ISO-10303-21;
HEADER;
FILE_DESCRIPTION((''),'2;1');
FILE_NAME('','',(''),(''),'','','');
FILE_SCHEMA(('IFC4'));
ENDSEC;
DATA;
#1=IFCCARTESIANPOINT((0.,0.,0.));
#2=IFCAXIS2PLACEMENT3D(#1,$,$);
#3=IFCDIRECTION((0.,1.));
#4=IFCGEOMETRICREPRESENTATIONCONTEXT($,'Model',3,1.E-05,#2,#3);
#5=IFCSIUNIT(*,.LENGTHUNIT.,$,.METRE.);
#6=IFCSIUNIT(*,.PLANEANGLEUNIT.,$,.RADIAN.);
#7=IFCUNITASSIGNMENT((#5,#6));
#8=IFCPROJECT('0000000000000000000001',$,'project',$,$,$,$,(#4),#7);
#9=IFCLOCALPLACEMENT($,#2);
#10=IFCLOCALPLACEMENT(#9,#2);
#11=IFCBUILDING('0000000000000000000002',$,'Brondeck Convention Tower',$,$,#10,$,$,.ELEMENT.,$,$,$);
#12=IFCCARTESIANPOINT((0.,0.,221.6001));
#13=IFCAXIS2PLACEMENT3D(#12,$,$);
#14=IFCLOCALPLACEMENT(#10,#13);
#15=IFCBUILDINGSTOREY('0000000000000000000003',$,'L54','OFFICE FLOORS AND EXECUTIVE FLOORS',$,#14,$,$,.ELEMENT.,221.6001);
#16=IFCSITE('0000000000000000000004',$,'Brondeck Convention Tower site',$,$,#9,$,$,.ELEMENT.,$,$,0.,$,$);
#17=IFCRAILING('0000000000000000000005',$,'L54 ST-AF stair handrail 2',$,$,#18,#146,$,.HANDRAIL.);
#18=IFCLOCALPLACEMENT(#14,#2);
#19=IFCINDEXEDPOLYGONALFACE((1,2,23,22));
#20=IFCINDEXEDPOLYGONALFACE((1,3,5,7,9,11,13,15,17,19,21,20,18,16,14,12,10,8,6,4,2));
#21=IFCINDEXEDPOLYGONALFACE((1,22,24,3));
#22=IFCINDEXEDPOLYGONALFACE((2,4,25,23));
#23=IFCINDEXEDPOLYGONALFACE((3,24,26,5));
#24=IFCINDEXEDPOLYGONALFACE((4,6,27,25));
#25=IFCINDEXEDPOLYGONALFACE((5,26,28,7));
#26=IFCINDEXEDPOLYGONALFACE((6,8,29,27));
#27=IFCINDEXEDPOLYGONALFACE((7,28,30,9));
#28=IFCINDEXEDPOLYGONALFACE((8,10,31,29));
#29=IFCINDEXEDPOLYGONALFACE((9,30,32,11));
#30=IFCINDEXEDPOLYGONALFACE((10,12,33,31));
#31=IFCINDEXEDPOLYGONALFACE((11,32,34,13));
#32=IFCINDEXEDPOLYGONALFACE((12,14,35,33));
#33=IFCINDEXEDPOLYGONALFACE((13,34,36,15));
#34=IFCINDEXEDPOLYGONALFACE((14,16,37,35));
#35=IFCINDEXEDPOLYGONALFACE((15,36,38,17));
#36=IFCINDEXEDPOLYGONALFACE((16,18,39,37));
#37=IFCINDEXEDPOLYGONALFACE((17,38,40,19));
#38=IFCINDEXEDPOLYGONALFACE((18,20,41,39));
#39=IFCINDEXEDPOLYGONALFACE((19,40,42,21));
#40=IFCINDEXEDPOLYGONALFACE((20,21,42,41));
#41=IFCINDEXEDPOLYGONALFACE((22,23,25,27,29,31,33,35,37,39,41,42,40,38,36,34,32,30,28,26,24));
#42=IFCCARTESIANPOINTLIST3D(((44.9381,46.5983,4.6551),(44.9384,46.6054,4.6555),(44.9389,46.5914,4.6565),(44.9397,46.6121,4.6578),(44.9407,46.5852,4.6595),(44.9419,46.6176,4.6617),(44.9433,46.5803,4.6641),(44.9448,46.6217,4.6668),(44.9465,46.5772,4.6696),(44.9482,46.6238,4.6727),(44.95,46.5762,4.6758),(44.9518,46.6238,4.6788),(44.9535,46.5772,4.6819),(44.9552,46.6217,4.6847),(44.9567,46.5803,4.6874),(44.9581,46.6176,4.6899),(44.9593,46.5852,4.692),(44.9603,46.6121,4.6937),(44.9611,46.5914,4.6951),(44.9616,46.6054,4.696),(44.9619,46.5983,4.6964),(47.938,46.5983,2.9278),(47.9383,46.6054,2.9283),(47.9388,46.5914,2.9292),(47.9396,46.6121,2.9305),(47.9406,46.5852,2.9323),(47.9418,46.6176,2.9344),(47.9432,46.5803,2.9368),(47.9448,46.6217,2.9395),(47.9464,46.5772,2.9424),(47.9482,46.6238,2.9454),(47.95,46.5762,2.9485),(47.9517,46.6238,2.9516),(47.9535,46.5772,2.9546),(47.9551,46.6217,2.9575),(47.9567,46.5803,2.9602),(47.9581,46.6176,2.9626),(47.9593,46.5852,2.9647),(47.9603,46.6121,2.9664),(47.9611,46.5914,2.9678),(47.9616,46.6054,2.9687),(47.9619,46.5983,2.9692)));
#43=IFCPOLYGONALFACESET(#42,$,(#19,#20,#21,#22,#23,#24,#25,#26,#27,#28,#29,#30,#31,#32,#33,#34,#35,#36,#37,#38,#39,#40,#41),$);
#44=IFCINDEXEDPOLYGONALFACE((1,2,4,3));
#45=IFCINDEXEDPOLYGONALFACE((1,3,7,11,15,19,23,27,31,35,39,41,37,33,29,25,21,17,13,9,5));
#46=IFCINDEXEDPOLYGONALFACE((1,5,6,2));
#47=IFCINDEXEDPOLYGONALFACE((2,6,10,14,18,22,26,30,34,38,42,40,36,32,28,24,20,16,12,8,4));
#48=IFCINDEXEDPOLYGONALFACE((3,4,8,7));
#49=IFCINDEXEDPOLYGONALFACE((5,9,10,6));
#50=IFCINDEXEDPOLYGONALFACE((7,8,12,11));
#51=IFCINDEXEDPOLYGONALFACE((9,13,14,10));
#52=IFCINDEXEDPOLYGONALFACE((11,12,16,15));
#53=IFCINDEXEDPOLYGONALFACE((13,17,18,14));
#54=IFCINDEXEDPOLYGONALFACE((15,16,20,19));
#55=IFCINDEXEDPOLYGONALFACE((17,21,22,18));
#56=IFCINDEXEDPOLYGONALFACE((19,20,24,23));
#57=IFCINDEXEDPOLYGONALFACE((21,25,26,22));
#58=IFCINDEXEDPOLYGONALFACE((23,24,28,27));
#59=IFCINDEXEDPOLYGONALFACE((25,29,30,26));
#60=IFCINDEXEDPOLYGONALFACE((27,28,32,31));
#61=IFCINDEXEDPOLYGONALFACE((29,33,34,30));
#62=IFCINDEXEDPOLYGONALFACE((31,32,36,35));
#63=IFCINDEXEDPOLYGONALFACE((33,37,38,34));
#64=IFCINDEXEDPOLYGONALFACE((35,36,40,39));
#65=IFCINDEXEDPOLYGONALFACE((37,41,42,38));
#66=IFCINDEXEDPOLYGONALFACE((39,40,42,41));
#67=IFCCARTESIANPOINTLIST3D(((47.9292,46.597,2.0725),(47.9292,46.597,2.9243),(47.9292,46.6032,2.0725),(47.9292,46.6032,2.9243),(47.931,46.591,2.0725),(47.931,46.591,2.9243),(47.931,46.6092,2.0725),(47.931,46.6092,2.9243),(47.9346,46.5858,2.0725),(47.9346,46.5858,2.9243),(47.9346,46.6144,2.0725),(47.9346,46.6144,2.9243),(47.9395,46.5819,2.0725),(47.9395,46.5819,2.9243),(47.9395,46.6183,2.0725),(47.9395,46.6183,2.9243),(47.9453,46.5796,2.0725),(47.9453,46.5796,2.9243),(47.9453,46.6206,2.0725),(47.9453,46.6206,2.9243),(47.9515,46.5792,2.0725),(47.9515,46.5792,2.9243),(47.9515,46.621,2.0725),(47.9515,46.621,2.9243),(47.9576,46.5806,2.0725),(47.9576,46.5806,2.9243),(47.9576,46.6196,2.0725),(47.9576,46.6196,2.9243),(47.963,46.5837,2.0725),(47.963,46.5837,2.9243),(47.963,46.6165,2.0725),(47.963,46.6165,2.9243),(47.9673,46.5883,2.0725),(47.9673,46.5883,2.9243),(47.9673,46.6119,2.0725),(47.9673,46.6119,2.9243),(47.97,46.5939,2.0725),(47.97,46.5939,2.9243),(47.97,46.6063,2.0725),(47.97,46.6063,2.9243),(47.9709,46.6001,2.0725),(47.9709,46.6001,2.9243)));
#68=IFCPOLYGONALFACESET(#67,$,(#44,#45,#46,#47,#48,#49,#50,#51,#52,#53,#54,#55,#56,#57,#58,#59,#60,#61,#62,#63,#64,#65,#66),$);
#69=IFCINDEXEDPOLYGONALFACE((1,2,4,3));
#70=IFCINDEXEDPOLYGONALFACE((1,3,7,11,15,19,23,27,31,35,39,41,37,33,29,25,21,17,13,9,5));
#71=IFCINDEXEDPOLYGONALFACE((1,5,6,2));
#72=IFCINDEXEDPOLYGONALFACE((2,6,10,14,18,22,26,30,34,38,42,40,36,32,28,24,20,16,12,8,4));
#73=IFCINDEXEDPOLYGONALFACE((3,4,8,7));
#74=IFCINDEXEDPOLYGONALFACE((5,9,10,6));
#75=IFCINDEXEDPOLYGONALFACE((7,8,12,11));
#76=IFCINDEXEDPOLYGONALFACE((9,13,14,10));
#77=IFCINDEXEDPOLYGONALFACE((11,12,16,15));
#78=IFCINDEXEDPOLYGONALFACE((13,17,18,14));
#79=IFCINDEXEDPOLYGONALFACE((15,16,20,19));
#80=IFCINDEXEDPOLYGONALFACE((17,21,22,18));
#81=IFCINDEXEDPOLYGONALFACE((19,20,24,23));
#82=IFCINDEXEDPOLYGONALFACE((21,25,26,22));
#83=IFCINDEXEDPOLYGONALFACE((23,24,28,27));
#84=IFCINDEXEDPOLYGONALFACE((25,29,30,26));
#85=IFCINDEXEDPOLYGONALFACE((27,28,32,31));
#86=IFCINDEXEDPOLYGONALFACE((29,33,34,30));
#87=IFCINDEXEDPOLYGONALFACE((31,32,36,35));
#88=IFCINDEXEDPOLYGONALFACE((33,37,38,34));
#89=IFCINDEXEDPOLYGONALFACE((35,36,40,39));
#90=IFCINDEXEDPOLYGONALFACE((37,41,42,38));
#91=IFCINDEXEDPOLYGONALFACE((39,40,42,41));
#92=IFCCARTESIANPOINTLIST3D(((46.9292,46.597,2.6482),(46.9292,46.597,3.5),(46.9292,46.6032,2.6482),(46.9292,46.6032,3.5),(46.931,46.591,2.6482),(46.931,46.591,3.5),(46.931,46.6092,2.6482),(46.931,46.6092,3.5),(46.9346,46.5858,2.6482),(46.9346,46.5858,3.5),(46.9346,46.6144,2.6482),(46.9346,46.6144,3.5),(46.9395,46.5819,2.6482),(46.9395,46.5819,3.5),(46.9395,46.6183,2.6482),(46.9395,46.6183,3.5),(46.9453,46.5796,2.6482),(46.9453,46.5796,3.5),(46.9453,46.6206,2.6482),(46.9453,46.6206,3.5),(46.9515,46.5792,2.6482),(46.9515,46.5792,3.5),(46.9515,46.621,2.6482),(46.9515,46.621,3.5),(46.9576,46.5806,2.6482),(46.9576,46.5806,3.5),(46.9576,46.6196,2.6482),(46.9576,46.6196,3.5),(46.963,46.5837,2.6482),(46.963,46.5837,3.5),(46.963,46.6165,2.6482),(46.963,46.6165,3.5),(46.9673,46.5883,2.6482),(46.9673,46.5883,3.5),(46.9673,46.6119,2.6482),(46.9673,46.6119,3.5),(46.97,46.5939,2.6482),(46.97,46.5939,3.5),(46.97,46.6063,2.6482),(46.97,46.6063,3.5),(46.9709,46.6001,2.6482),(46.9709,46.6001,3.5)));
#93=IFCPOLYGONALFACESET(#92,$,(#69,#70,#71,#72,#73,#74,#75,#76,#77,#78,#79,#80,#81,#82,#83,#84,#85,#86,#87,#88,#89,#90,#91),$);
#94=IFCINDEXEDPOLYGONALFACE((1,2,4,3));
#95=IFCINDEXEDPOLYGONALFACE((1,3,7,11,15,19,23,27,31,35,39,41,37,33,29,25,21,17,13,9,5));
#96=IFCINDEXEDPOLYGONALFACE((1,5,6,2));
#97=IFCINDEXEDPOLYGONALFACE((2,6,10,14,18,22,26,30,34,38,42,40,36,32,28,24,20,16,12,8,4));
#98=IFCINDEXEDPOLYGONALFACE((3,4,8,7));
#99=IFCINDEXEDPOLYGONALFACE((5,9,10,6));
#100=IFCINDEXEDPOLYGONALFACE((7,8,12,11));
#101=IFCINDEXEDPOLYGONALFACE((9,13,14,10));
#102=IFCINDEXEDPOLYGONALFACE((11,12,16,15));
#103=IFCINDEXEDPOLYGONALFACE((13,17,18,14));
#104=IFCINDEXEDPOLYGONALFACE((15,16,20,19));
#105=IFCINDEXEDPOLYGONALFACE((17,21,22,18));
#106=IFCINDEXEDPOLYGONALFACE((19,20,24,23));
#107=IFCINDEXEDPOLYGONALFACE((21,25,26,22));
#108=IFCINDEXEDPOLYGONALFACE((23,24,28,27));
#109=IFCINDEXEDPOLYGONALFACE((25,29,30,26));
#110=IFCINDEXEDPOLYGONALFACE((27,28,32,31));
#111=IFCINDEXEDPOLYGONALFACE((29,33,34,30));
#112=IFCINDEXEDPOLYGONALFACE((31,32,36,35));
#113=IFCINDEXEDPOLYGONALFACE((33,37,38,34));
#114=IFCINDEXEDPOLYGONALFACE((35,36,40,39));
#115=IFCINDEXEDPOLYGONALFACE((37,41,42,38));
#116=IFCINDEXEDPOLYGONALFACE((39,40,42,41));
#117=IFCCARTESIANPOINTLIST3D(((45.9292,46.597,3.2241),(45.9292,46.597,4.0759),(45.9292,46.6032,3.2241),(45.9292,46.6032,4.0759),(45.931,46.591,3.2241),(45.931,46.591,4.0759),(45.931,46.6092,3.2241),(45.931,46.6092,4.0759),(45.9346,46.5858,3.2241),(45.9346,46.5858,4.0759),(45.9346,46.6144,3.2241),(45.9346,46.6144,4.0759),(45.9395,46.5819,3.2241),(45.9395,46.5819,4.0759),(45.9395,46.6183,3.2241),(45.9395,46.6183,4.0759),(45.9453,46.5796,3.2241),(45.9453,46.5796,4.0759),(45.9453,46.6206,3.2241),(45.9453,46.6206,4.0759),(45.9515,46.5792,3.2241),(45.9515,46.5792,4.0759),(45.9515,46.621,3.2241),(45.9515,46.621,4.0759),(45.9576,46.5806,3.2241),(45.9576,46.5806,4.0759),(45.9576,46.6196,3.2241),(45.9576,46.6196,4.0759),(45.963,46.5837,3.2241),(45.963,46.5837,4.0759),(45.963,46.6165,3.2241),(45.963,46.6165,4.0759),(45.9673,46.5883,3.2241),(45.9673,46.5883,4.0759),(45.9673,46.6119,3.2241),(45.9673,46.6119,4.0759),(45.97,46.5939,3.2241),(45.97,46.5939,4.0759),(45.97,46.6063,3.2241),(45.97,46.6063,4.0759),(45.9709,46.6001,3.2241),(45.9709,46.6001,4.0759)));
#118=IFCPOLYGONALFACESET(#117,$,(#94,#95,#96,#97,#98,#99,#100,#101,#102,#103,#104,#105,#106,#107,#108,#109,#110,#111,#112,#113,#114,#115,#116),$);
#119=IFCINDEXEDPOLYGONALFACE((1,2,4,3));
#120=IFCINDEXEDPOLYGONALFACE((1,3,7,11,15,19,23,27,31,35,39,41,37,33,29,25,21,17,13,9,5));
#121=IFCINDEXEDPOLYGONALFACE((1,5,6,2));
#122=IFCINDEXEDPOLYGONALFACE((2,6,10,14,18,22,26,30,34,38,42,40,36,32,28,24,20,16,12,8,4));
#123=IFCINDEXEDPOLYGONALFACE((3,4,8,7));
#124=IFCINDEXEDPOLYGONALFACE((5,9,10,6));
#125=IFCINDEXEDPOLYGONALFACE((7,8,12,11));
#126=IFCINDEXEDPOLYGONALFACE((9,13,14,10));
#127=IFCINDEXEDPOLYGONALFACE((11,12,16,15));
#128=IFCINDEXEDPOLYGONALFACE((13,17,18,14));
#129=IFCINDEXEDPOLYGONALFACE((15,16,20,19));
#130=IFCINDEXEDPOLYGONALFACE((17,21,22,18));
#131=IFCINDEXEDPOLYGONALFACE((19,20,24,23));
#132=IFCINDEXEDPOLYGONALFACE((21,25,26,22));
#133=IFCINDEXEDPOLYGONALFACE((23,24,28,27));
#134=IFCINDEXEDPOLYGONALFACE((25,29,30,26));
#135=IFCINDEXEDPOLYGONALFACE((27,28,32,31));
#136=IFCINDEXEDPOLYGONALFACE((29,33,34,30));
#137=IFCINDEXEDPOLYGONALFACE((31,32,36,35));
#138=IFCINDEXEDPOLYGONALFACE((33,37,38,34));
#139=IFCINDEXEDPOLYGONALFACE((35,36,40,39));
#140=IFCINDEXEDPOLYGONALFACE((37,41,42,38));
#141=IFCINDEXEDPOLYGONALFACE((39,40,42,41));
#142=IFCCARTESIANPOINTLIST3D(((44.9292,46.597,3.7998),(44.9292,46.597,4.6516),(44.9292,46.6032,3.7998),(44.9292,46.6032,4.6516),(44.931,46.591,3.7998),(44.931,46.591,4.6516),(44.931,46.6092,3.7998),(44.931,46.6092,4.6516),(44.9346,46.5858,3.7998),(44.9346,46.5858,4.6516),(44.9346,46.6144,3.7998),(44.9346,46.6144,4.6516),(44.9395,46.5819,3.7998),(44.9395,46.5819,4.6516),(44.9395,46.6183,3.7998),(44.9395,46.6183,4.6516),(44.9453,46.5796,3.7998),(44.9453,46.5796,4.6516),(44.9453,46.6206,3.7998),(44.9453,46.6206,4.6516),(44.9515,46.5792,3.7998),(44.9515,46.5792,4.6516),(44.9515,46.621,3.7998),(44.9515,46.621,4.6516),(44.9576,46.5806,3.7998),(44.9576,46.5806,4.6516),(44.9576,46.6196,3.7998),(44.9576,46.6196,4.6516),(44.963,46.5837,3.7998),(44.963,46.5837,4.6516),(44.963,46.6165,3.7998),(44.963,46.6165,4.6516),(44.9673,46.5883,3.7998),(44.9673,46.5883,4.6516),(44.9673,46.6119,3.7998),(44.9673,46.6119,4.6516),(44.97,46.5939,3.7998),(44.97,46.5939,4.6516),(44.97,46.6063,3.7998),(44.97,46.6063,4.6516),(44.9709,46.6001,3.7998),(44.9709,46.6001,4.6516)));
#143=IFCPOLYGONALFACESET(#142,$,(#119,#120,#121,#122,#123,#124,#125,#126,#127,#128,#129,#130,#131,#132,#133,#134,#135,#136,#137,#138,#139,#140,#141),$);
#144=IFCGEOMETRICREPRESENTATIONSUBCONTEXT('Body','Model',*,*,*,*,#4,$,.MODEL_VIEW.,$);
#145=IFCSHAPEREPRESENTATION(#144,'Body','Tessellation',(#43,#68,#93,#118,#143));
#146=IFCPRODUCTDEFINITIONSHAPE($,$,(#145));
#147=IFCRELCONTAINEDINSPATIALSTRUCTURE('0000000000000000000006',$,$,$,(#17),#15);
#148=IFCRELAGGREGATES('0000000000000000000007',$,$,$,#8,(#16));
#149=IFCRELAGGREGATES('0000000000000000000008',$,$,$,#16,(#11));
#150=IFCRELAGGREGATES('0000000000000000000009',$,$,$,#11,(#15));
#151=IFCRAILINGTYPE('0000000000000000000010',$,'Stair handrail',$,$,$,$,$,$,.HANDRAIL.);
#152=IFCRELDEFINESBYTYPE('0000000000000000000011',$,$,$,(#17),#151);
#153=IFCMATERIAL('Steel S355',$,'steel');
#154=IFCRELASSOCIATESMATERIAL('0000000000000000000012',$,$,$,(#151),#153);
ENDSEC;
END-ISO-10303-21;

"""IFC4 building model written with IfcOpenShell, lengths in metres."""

from ifc_helpers import new_model, si_unit, direction, frame, origin, origin_2d, place, context, subcontext, project, spatial, circle, extrude, material, type_object, element, save


model = new_model("IFC4")

# Units and contexts
model_context = context("Model", 3, precision=1e-05, world=origin(), true_north=direction((0.0, 1.0)))
body_context = subcontext(model_context, "Body", "Model", "MODEL_VIEW")
ifc_project = project(units=[si_unit("LENGTHUNIT", "METRE"), si_unit("PLANEANGLEUNIT", "RADIAN")], contexts=[model_context])

# Site, building, storey
site_placement = place(None, origin())
site = spatial("IfcSite", under=ifc_project, at=site_placement, Name="Brondeck Convention Tower site", CompositionType="ELEMENT", RefElevation=0.0)
building_placement = place(site_placement, origin())
building = spatial("IfcBuilding", under=site, at=building_placement, Name="Brondeck Convention Tower", CompositionType="ELEMENT")
storey_placement = place(building_placement, frame((0.0, 0.0, 221.6001)))
storey = spatial("IfcBuildingStorey", under=building, at=storey_placement, Name="L54", Description="OFFICE FLOORS AND EXECUTIVE FLOORS", CompositionType="ELEMENT", Elevation=221.6001)

# Shared definitions
ifc_material_1 = material(Name="Steel S355", Category="steel")

# Railing
railing_type_1 = type_object("IfcRailingType", Name="Stair handrail", PredefinedType="HANDRAIL", material=ifc_material_1)
railing_1_placement = place(storey_placement, frame((47.95, 46.6001, 2.0725)))
element("IfcRailing", 1, at=railing_1_placement, inside=storey, type_object=railing_type_1, Name="L54 ST-AF stair handrail 2", PredefinedType="HANDRAIL", context=body_context, shape_type="SweptSolid", body=[
    extrude(circle(Radius=0.0239, at=origin_2d()), frame((0.0, 0.0, 0.876), z_axis=(-0.86662, 0.0, 0.498969), x_axis=(0.0, -1.0, 0.0)), (0.0, 0.0, 1.0), 3.4617),
    extrude(circle(Radius=0.021, at=origin_2d()), origin(), (0.0, 0.0, 1.0), 0.8518),
    extrude(circle(Radius=0.021, at=origin_2d()), frame((-1.0, 0.0, 0.5757)), (0.0, 0.0, 1.0), 0.8518),
    extrude(circle(Radius=0.021, at=origin_2d()), frame((-2.0, 0.0, 1.1516)), (0.0, 0.0, 1.0), 0.8518),
    extrude(circle(Radius=0.021, at=origin_2d()), frame((-3.0, 0.0, 1.7273)), (0.0, 0.0, 1.0), 0.8518),
])

save(model, "model.ifc")
